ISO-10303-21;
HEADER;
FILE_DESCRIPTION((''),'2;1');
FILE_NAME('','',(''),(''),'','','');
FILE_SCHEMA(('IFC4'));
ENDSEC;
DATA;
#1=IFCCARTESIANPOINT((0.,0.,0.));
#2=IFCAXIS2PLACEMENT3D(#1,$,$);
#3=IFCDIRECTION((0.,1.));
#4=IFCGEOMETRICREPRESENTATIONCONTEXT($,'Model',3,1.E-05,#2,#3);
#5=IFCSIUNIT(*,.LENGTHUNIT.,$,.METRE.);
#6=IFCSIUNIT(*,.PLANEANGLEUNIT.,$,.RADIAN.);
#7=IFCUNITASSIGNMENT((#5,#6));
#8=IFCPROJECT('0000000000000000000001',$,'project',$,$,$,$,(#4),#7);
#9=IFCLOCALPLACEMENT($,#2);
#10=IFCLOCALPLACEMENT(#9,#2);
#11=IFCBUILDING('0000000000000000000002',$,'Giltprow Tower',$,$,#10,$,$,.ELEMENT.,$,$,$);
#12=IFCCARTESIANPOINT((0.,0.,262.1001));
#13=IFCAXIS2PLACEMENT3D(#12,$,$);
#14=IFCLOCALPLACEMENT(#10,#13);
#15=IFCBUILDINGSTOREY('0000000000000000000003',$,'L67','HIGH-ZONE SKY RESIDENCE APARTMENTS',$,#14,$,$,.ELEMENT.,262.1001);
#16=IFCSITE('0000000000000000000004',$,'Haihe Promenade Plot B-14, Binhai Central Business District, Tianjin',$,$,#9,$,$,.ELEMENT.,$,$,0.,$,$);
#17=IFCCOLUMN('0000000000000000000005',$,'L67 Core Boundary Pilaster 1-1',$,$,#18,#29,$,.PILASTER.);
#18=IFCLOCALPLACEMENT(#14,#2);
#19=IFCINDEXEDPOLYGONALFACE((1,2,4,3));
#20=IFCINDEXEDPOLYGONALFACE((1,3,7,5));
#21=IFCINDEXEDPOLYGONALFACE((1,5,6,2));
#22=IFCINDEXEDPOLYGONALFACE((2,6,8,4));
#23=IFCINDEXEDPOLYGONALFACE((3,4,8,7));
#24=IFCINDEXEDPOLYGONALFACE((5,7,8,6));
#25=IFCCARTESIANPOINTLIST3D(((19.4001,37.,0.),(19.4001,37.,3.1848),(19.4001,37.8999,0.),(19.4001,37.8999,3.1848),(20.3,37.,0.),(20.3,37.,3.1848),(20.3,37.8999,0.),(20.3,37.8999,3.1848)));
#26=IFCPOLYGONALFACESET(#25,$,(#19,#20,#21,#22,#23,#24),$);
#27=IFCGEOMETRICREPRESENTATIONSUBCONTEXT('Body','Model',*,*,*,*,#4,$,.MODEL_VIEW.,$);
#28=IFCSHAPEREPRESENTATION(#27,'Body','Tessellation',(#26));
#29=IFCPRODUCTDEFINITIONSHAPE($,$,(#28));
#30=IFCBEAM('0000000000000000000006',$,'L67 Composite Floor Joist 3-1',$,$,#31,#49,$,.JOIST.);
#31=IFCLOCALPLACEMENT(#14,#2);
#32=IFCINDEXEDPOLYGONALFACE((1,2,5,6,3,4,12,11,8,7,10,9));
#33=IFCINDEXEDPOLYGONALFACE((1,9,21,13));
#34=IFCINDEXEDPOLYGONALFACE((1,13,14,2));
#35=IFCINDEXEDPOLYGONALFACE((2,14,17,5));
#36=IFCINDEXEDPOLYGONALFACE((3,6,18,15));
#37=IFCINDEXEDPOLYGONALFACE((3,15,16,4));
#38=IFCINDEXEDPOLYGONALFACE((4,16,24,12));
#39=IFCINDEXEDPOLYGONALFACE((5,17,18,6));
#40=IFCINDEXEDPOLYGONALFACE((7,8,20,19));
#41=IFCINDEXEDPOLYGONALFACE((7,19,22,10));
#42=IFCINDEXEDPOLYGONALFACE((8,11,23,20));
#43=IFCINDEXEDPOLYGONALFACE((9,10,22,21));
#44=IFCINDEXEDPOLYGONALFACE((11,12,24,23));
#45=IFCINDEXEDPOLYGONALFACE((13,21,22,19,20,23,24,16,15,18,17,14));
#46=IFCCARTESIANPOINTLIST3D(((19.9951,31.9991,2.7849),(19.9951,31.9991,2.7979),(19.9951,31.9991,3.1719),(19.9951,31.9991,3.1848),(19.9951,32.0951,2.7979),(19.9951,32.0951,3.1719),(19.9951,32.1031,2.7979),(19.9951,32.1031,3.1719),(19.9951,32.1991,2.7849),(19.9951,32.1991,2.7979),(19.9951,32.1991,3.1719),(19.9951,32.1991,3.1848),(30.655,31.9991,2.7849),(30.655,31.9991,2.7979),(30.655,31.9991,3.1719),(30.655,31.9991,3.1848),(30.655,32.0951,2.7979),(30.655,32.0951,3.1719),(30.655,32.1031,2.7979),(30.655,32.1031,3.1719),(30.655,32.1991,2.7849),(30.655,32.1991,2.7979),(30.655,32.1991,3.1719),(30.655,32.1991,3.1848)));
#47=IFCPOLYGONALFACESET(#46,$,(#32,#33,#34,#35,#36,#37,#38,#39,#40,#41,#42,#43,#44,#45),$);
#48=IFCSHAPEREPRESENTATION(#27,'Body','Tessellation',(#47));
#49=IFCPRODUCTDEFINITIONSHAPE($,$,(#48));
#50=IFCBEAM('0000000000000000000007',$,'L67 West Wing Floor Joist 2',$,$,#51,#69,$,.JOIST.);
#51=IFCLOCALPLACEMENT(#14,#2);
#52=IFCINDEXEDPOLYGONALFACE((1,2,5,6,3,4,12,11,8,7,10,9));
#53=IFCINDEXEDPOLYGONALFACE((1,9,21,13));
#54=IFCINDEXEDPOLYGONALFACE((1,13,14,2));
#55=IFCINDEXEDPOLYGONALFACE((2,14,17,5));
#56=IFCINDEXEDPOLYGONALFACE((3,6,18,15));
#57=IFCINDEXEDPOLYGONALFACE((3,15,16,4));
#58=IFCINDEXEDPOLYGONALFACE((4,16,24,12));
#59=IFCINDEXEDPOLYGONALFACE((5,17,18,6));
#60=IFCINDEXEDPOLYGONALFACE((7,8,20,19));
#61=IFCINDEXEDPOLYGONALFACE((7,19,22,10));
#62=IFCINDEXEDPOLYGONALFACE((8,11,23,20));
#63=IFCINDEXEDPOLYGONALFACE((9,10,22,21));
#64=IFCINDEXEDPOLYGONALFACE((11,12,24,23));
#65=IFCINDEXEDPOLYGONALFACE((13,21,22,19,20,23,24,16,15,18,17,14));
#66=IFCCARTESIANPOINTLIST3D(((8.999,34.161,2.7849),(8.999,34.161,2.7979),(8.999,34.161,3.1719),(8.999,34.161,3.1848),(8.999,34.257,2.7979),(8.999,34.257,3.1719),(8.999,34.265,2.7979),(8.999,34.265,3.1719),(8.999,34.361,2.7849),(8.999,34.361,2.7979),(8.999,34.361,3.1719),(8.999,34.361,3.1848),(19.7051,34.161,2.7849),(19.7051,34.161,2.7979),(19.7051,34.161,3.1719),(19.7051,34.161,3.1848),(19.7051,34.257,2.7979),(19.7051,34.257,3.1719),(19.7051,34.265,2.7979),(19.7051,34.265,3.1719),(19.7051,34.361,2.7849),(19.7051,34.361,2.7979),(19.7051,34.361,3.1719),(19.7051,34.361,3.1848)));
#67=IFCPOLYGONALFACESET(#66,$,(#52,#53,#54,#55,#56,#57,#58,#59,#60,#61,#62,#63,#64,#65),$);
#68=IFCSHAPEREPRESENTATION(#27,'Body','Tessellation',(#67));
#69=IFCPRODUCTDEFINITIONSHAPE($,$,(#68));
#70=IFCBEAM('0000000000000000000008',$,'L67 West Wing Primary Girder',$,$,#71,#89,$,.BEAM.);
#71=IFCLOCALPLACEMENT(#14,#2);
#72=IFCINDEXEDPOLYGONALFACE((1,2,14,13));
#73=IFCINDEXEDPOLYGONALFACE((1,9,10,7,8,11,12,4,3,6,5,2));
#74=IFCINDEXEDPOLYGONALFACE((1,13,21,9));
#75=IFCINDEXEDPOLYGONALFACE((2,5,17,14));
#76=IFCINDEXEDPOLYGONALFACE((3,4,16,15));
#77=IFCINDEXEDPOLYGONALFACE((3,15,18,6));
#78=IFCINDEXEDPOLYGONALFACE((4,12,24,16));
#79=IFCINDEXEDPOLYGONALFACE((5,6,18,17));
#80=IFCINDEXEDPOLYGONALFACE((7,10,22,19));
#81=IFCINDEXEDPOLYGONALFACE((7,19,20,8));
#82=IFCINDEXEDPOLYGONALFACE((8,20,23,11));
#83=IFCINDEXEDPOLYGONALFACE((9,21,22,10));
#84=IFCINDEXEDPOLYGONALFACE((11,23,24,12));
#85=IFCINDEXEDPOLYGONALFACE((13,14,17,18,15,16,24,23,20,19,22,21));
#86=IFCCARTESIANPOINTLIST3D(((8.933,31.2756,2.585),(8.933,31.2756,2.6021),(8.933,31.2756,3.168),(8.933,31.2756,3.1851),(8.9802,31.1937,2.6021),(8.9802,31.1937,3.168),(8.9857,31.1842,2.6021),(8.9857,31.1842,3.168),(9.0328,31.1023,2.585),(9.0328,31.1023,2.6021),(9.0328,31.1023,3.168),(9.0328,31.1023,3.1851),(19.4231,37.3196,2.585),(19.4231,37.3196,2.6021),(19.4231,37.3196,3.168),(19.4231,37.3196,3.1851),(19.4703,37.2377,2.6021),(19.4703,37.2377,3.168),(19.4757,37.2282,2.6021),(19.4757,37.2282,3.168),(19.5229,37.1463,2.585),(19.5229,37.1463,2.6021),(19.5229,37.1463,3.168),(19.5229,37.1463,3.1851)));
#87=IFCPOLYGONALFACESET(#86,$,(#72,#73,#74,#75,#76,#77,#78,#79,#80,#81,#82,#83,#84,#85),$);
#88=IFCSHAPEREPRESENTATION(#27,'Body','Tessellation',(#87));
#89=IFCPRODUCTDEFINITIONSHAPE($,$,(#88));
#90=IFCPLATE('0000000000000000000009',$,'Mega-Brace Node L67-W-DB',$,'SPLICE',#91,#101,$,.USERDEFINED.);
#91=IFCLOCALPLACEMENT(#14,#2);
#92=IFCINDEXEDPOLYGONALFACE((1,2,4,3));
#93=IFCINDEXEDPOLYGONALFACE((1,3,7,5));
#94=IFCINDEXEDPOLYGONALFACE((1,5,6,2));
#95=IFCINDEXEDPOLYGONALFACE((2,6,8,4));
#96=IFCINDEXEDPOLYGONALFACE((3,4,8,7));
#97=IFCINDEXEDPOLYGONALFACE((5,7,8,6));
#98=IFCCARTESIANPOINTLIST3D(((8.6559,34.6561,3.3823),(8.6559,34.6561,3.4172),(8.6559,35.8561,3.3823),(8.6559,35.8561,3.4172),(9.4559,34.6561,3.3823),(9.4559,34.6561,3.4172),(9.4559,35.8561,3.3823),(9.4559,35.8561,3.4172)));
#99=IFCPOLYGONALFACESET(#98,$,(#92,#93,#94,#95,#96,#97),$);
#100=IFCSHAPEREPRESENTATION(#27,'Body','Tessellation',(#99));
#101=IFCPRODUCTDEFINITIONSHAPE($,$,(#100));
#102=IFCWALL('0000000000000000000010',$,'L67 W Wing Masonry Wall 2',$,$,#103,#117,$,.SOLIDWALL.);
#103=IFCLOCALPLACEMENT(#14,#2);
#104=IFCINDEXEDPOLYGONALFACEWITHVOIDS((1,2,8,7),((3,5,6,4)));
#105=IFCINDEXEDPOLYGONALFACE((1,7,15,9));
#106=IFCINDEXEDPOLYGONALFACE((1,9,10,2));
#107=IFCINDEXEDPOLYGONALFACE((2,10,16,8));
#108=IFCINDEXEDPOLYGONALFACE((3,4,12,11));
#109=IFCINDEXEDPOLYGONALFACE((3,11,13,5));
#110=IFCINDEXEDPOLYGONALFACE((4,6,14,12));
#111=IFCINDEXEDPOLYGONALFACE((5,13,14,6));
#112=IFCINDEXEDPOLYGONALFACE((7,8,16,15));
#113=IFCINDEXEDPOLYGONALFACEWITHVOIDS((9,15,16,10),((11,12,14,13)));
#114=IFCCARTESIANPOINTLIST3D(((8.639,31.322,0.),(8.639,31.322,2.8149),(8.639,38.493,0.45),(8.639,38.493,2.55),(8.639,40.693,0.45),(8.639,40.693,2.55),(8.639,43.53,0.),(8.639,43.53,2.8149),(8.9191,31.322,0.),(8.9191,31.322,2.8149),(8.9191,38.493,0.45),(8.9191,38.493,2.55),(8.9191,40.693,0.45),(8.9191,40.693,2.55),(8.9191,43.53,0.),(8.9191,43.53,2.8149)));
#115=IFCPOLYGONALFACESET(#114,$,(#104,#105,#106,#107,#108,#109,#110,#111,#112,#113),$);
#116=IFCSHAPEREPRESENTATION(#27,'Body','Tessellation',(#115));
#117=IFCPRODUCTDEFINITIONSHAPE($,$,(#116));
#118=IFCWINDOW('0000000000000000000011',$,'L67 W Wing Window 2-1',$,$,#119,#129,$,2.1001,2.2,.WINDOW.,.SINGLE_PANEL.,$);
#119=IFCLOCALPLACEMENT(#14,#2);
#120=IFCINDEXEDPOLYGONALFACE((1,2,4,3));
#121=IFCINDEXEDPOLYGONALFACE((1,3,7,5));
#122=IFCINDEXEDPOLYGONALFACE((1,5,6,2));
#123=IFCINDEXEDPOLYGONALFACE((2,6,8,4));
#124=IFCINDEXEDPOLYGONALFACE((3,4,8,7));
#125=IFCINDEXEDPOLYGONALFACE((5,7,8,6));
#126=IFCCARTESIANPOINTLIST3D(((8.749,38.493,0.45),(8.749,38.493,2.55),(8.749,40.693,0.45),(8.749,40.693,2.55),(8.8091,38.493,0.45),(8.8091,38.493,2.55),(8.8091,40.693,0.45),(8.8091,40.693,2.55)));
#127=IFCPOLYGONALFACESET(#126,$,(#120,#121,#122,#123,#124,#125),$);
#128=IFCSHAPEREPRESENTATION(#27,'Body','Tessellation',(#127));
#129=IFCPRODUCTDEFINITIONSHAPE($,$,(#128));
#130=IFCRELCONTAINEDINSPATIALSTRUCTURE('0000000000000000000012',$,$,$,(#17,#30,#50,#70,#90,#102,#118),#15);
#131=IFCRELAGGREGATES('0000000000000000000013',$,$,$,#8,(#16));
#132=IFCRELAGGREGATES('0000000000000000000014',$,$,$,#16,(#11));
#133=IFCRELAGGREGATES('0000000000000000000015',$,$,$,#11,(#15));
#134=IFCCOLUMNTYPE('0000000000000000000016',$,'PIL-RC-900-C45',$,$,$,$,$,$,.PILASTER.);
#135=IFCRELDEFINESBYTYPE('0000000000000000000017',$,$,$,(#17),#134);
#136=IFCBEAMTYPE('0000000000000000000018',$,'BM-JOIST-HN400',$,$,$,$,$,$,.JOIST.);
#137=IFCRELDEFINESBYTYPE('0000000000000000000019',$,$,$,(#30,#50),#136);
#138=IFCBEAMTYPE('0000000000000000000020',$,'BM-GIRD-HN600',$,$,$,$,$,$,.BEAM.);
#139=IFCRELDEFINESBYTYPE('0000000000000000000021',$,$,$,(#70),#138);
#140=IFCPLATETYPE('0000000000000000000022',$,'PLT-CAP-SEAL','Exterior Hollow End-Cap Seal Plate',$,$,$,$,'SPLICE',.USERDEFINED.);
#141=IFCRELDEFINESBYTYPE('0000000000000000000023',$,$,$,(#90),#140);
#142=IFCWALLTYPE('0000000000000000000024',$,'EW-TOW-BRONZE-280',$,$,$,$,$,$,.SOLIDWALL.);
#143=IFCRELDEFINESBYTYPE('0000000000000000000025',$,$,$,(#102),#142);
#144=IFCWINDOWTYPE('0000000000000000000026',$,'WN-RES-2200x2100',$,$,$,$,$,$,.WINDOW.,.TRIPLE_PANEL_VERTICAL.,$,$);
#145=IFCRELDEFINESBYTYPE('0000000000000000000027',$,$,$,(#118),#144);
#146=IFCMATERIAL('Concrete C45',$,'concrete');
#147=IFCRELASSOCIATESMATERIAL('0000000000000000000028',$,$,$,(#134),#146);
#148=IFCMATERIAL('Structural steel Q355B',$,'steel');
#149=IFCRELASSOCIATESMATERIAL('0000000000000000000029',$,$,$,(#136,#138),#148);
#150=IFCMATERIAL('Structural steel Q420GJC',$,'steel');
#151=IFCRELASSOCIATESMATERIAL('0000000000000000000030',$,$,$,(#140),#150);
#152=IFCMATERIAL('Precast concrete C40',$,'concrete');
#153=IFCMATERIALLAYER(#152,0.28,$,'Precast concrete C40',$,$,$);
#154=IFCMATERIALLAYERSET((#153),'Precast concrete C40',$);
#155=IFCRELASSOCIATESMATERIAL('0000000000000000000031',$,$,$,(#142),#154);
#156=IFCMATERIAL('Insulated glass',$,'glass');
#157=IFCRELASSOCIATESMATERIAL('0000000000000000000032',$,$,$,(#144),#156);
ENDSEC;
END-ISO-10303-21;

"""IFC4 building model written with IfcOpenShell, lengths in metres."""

from ifc_helpers import new_model, si_unit, direction, frame, frame_2d, origin, origin_2d, place, context, subcontext, project, spatial, rectangle, i_section, extrude, source, transform, mapped, material, layer, layer_set, material_profile, profile_set, type_object, element, fill, save


model = new_model("IFC4")

# Units and contexts
model_context = context("Model", 3, precision=1e-05, world=origin(), true_north=direction((0.0, 1.0)))
body_context = subcontext(model_context, "Body", "Model", "MODEL_VIEW")
ifc_project = project(units=[si_unit("LENGTHUNIT", "METRE"), si_unit("PLANEANGLEUNIT", "RADIAN")], contexts=[model_context])

# Site, building, storey
site_placement = place(None, origin())
site = spatial("IfcSite", under=ifc_project, at=site_placement, Name="Haihe Promenade Plot B-14, Binhai Central Business District, Tianjin", CompositionType="ELEMENT", RefElevation=0.0)
building_placement = place(site_placement, origin())
building = spatial("IfcBuilding", under=site, at=building_placement, Name="Giltprow Tower", CompositionType="ELEMENT")
storey_placement = place(building_placement, frame((0.0, 0.0, 262.1001)))
storey = spatial("IfcBuildingStorey", under=building, at=storey_placement, Name="L67", Description="HIGH-ZONE SKY RESIDENCE APARTMENTS", CompositionType="ELEMENT", Elevation=262.1001)

# Column
ifc_material_1 = material(Name="Concrete C45", Category="concrete")
ifc_material_profile_1 = material_profile(ifc_material_1, rectangle(XDim=0.8999, YDim=0.8999, at=origin_2d()), Name="RC 900x900")
ifc_profile_set_1 = profile_set([ifc_material_profile_1], Name="Concrete C45")
column_type = type_object("IfcColumnType", Name="PIL-RC-900-C45", PredefinedType="PILASTER", material=ifc_profile_set_1)
shared_shape_1 = source(origin(), body_context, "Body", "SweptSolid", [
    extrude(rectangle(XDim=0.8999, YDim=0.8999, at=origin_2d()), origin(), (0.0, 0.0, 1.0), 3.1848),
])
column_placement = place(storey_placement, frame((19.8501, 37.45, 0.0), z_axis=(0.0, 0.0, 1.0), x_axis=(1.0, 0.0, 0.0)))
element("IfcColumn", 1, at=column_placement, inside=storey, type_object=column_type, Name="L67 Core Boundary Pilaster 1-1", PredefinedType="PILASTER", context=body_context, shape_type="MappedRepresentation", body=[
    mapped(shared_shape_1, transform((0.0, 0.0, 0.0), x_axis=(1.0, 0.0, 0.0), y_axis=(0.0, 1.0, 0.0), z_axis=(0.0, 0.0, 1.0), scale=1.0)),
])

# Beams
ifc_material_2 = material(Name="Structural steel Q355B", Category="steel")
ifc_material_profile_2 = material_profile(ifc_material_2, i_section(OverallWidth=0.2, OverallDepth=0.3999, WebThickness=0.0081, FlangeThickness=0.0129, at=origin_2d()), Name="HN 400x200x8x13")
ifc_profile_set_2 = profile_set([ifc_material_profile_2], Name="Structural steel Q355B")
beam_type_1 = type_object("IfcBeamType", Name="BM-JOIST-HN400", PredefinedType="JOIST", material=ifc_profile_set_2)
shared_shape_2 = source(origin(), body_context, "Body", "SweptSolid", [
    extrude(i_section(OverallWidth=0.2, OverallDepth=0.3999, WebThickness=0.0081, FlangeThickness=0.0129, at=origin_2d()), origin(), (0.0, 0.0, 1.0), 10.6599),
])
beam_1_placement = place(storey_placement, frame((19.9951, 32.0991, 2.9849), z_axis=(1.0, 0.0, 0.0), x_axis=(0.0, 1.0, 0.0)))
element("IfcBeam", 2, at=beam_1_placement, inside=storey, type_object=beam_type_1, Name="L67 Composite Floor Joist 3-1", PredefinedType="JOIST", context=body_context, shape_type="MappedRepresentation", body=[
    mapped(shared_shape_2, transform((0.0, 0.0, 0.0), x_axis=(1.0, 0.0, 0.0), y_axis=(0.0, 1.0, 0.0), z_axis=(0.0, 0.0, 1.0), scale=1.0)),
])
shared_shape_3 = source(origin(), body_context, "Body", "SweptSolid", [
    extrude(i_section(OverallWidth=0.2, OverallDepth=0.3999, WebThickness=0.0081, FlangeThickness=0.0129, at=origin_2d()), origin(), (0.0, 0.0, 1.0), 10.7061),
])
beam_2_placement = place(storey_placement, frame((8.999, 34.261, 2.9849), z_axis=(1.0, 0.0, 0.0), x_axis=(0.0, 1.0, 0.0)))
element("IfcBeam", 3, at=beam_2_placement, inside=storey, type_object=beam_type_1, Name="L67 West Wing Floor Joist 2", PredefinedType="JOIST", context=body_context, shape_type="MappedRepresentation", body=[
    mapped(shared_shape_3, transform((0.0, 0.0, 0.0), x_axis=(1.0, 0.0, 0.0), y_axis=(0.0, 1.0, 0.0), z_axis=(0.0, 0.0, 1.0), scale=1.0)),
])
ifc_material_profile_3 = material_profile(ifc_material_2, i_section(OverallWidth=0.2, OverallDepth=0.6001, WebThickness=0.011, FlangeThickness=0.0171, at=origin_2d()), Name="HN 600x200x11x17")
ifc_profile_set_3 = profile_set([ifc_material_profile_3], Name="Structural steel Q355B")
beam_type_2 = type_object("IfcBeamType", Name="BM-GIRD-HN600", PredefinedType="BEAM", material=ifc_profile_set_3)
shared_shape_4 = source(origin(), body_context, "Body", "SweptSolid", [
    extrude(i_section(OverallWidth=0.2, OverallDepth=0.6001, WebThickness=0.011, FlangeThickness=0.0171, at=origin_2d()), origin(), (0.0, 0.0, 1.0), 12.1067),
])
beam_3_placement = place(storey_placement, frame((8.9829, 31.189, 2.885), z_axis=(0.86647, 0.499228, 0.0), x_axis=(-0.499228, 0.86647, 0.0)))
element("IfcBeam", 4, at=beam_3_placement, inside=storey, type_object=beam_type_2, Name="L67 West Wing Primary Girder", PredefinedType="BEAM", context=body_context, shape_type="MappedRepresentation", body=[
    mapped(shared_shape_4, transform((0.0, 0.0, 0.0), x_axis=(1.0, 0.0, 0.0), y_axis=(0.0, 1.0, 0.0), z_axis=(0.0, 0.0, 1.0), scale=1.0)),
])

# Plate
ifc_material_3 = material(Name="Structural steel Q420GJC", Category="steel")
plate_type = type_object("IfcPlateType", Name="PLT-CAP-SEAL", Description="Exterior Hollow End-Cap Seal Plate", ElementType="SPLICE", PredefinedType="USERDEFINED", material=ifc_material_3)
shared_shape_5 = source(origin(), body_context, "Body", "SweptSolid", [
    extrude(rectangle(XDim=1.2, YDim=0.8, at=origin_2d()), origin(), (0.0, 0.0, 1.0), 0.0349),
])
plate_placement = place(storey_placement, frame((9.0559, 35.2561, 3.3823), z_axis=(0.0, 0.0, 1.0), x_axis=(0.0, 1.0, 0.0)))
element("IfcPlate", 5, at=plate_placement, inside=storey, type_object=plate_type, Name="Mega-Brace Node L67-W-DB", ObjectType="SPLICE", PredefinedType="USERDEFINED", context=body_context, shape_type="MappedRepresentation", body=[
    mapped(shared_shape_5, transform((0.0, 0.0, 0.0), x_axis=(1.0, 0.0, 0.0), y_axis=(0.0, 1.0, 0.0), z_axis=(0.0, 0.0, 1.0), scale=1.0)),
])

# Wall, opening, window
ifc_material_4 = material(Name="Precast concrete C40", Category="concrete")
ifc_layer_1 = layer(ifc_material_4, 0.28, Name="Precast concrete C40")
ifc_layer_set_1 = layer_set([ifc_layer_1], Name="Precast concrete C40")
wall_type_1 = type_object("IfcWallType", Name="EW-TOW-BRONZE-280", PredefinedType="SOLIDWALL", material=ifc_layer_set_1)
wall_1_placement = place(storey_placement, frame((8.7791, 31.322, 0.0), z_axis=(0.0, 0.0, 1.0), x_axis=(0.0, 1.0, 0.0)))
wall_1 = element("IfcWall", 6, at=wall_1_placement, inside=storey, type_object=wall_type_1, Name="L67 W Wing Masonry Wall 2", PredefinedType="SOLIDWALL", context=body_context, shape_type="SweptSolid", body=[
    extrude(rectangle(XDim=12.208, YDim=0.28, at=frame_2d((6.104, 0.0))), origin(), (0.0, 0.0, 1.0), 2.8149),
])
opening_1_placement = place(wall_1_placement, frame((7.1709, 0.0, 0.45)))
opening_1 = element("IfcOpeningElement", 7, at=opening_1_placement, cuts=wall_1, PredefinedType="OPENING", context=body_context, shape_type="SweptSolid", body=[
    extrude(rectangle(XDim=2.2, YDim=2.1001, at=frame_2d((1.1001, 1.05))), frame((0.0, 0.1499, 0.0), z_axis=(0.0, -1.0, 0.0), x_axis=(1.0, 0.0, 0.0)), (0.0, 0.0, 1.0), 0.3),
])
ifc_material_5 = material(Name="Insulated glass", Category="glass")
window_type = type_object("IfcWindowType", Name="WN-RES-2200x2100", PartitioningType="TRIPLE_PANEL_VERTICAL", PredefinedType="WINDOW", material=ifc_material_5)
shared_shape_6 = source(origin(), body_context, "Body", "SweptSolid", [
    extrude(rectangle(XDim=2.2, YDim=2.1001, at=frame_2d((1.1001, 1.05))), frame((0.0, 0.03, 0.0), z_axis=(0.0, -1.0, 0.0), x_axis=(1.0, 0.0, 0.0)), (0.0, 0.0, 1.0), 0.0601),
])
window_placement = place(opening_1_placement, origin())
window = element("IfcWindow", 8, at=window_placement, inside=storey, type_object=window_type, Name="L67 W Wing Window 2-1", OverallHeight=2.1001, OverallWidth=2.2, PartitioningType="SINGLE_PANEL", PredefinedType="WINDOW", context=body_context, shape_type="MappedRepresentation", body=[
    mapped(shared_shape_6, transform((0.0, 0.0, 0.0), x_axis=(1.0, 0.0, 0.0), y_axis=(0.0, 1.0, 0.0), z_axis=(0.0, 0.0, 1.0), scale=1.0)),
])
fill(opening_1, window)

save(model, "model.ifc")
